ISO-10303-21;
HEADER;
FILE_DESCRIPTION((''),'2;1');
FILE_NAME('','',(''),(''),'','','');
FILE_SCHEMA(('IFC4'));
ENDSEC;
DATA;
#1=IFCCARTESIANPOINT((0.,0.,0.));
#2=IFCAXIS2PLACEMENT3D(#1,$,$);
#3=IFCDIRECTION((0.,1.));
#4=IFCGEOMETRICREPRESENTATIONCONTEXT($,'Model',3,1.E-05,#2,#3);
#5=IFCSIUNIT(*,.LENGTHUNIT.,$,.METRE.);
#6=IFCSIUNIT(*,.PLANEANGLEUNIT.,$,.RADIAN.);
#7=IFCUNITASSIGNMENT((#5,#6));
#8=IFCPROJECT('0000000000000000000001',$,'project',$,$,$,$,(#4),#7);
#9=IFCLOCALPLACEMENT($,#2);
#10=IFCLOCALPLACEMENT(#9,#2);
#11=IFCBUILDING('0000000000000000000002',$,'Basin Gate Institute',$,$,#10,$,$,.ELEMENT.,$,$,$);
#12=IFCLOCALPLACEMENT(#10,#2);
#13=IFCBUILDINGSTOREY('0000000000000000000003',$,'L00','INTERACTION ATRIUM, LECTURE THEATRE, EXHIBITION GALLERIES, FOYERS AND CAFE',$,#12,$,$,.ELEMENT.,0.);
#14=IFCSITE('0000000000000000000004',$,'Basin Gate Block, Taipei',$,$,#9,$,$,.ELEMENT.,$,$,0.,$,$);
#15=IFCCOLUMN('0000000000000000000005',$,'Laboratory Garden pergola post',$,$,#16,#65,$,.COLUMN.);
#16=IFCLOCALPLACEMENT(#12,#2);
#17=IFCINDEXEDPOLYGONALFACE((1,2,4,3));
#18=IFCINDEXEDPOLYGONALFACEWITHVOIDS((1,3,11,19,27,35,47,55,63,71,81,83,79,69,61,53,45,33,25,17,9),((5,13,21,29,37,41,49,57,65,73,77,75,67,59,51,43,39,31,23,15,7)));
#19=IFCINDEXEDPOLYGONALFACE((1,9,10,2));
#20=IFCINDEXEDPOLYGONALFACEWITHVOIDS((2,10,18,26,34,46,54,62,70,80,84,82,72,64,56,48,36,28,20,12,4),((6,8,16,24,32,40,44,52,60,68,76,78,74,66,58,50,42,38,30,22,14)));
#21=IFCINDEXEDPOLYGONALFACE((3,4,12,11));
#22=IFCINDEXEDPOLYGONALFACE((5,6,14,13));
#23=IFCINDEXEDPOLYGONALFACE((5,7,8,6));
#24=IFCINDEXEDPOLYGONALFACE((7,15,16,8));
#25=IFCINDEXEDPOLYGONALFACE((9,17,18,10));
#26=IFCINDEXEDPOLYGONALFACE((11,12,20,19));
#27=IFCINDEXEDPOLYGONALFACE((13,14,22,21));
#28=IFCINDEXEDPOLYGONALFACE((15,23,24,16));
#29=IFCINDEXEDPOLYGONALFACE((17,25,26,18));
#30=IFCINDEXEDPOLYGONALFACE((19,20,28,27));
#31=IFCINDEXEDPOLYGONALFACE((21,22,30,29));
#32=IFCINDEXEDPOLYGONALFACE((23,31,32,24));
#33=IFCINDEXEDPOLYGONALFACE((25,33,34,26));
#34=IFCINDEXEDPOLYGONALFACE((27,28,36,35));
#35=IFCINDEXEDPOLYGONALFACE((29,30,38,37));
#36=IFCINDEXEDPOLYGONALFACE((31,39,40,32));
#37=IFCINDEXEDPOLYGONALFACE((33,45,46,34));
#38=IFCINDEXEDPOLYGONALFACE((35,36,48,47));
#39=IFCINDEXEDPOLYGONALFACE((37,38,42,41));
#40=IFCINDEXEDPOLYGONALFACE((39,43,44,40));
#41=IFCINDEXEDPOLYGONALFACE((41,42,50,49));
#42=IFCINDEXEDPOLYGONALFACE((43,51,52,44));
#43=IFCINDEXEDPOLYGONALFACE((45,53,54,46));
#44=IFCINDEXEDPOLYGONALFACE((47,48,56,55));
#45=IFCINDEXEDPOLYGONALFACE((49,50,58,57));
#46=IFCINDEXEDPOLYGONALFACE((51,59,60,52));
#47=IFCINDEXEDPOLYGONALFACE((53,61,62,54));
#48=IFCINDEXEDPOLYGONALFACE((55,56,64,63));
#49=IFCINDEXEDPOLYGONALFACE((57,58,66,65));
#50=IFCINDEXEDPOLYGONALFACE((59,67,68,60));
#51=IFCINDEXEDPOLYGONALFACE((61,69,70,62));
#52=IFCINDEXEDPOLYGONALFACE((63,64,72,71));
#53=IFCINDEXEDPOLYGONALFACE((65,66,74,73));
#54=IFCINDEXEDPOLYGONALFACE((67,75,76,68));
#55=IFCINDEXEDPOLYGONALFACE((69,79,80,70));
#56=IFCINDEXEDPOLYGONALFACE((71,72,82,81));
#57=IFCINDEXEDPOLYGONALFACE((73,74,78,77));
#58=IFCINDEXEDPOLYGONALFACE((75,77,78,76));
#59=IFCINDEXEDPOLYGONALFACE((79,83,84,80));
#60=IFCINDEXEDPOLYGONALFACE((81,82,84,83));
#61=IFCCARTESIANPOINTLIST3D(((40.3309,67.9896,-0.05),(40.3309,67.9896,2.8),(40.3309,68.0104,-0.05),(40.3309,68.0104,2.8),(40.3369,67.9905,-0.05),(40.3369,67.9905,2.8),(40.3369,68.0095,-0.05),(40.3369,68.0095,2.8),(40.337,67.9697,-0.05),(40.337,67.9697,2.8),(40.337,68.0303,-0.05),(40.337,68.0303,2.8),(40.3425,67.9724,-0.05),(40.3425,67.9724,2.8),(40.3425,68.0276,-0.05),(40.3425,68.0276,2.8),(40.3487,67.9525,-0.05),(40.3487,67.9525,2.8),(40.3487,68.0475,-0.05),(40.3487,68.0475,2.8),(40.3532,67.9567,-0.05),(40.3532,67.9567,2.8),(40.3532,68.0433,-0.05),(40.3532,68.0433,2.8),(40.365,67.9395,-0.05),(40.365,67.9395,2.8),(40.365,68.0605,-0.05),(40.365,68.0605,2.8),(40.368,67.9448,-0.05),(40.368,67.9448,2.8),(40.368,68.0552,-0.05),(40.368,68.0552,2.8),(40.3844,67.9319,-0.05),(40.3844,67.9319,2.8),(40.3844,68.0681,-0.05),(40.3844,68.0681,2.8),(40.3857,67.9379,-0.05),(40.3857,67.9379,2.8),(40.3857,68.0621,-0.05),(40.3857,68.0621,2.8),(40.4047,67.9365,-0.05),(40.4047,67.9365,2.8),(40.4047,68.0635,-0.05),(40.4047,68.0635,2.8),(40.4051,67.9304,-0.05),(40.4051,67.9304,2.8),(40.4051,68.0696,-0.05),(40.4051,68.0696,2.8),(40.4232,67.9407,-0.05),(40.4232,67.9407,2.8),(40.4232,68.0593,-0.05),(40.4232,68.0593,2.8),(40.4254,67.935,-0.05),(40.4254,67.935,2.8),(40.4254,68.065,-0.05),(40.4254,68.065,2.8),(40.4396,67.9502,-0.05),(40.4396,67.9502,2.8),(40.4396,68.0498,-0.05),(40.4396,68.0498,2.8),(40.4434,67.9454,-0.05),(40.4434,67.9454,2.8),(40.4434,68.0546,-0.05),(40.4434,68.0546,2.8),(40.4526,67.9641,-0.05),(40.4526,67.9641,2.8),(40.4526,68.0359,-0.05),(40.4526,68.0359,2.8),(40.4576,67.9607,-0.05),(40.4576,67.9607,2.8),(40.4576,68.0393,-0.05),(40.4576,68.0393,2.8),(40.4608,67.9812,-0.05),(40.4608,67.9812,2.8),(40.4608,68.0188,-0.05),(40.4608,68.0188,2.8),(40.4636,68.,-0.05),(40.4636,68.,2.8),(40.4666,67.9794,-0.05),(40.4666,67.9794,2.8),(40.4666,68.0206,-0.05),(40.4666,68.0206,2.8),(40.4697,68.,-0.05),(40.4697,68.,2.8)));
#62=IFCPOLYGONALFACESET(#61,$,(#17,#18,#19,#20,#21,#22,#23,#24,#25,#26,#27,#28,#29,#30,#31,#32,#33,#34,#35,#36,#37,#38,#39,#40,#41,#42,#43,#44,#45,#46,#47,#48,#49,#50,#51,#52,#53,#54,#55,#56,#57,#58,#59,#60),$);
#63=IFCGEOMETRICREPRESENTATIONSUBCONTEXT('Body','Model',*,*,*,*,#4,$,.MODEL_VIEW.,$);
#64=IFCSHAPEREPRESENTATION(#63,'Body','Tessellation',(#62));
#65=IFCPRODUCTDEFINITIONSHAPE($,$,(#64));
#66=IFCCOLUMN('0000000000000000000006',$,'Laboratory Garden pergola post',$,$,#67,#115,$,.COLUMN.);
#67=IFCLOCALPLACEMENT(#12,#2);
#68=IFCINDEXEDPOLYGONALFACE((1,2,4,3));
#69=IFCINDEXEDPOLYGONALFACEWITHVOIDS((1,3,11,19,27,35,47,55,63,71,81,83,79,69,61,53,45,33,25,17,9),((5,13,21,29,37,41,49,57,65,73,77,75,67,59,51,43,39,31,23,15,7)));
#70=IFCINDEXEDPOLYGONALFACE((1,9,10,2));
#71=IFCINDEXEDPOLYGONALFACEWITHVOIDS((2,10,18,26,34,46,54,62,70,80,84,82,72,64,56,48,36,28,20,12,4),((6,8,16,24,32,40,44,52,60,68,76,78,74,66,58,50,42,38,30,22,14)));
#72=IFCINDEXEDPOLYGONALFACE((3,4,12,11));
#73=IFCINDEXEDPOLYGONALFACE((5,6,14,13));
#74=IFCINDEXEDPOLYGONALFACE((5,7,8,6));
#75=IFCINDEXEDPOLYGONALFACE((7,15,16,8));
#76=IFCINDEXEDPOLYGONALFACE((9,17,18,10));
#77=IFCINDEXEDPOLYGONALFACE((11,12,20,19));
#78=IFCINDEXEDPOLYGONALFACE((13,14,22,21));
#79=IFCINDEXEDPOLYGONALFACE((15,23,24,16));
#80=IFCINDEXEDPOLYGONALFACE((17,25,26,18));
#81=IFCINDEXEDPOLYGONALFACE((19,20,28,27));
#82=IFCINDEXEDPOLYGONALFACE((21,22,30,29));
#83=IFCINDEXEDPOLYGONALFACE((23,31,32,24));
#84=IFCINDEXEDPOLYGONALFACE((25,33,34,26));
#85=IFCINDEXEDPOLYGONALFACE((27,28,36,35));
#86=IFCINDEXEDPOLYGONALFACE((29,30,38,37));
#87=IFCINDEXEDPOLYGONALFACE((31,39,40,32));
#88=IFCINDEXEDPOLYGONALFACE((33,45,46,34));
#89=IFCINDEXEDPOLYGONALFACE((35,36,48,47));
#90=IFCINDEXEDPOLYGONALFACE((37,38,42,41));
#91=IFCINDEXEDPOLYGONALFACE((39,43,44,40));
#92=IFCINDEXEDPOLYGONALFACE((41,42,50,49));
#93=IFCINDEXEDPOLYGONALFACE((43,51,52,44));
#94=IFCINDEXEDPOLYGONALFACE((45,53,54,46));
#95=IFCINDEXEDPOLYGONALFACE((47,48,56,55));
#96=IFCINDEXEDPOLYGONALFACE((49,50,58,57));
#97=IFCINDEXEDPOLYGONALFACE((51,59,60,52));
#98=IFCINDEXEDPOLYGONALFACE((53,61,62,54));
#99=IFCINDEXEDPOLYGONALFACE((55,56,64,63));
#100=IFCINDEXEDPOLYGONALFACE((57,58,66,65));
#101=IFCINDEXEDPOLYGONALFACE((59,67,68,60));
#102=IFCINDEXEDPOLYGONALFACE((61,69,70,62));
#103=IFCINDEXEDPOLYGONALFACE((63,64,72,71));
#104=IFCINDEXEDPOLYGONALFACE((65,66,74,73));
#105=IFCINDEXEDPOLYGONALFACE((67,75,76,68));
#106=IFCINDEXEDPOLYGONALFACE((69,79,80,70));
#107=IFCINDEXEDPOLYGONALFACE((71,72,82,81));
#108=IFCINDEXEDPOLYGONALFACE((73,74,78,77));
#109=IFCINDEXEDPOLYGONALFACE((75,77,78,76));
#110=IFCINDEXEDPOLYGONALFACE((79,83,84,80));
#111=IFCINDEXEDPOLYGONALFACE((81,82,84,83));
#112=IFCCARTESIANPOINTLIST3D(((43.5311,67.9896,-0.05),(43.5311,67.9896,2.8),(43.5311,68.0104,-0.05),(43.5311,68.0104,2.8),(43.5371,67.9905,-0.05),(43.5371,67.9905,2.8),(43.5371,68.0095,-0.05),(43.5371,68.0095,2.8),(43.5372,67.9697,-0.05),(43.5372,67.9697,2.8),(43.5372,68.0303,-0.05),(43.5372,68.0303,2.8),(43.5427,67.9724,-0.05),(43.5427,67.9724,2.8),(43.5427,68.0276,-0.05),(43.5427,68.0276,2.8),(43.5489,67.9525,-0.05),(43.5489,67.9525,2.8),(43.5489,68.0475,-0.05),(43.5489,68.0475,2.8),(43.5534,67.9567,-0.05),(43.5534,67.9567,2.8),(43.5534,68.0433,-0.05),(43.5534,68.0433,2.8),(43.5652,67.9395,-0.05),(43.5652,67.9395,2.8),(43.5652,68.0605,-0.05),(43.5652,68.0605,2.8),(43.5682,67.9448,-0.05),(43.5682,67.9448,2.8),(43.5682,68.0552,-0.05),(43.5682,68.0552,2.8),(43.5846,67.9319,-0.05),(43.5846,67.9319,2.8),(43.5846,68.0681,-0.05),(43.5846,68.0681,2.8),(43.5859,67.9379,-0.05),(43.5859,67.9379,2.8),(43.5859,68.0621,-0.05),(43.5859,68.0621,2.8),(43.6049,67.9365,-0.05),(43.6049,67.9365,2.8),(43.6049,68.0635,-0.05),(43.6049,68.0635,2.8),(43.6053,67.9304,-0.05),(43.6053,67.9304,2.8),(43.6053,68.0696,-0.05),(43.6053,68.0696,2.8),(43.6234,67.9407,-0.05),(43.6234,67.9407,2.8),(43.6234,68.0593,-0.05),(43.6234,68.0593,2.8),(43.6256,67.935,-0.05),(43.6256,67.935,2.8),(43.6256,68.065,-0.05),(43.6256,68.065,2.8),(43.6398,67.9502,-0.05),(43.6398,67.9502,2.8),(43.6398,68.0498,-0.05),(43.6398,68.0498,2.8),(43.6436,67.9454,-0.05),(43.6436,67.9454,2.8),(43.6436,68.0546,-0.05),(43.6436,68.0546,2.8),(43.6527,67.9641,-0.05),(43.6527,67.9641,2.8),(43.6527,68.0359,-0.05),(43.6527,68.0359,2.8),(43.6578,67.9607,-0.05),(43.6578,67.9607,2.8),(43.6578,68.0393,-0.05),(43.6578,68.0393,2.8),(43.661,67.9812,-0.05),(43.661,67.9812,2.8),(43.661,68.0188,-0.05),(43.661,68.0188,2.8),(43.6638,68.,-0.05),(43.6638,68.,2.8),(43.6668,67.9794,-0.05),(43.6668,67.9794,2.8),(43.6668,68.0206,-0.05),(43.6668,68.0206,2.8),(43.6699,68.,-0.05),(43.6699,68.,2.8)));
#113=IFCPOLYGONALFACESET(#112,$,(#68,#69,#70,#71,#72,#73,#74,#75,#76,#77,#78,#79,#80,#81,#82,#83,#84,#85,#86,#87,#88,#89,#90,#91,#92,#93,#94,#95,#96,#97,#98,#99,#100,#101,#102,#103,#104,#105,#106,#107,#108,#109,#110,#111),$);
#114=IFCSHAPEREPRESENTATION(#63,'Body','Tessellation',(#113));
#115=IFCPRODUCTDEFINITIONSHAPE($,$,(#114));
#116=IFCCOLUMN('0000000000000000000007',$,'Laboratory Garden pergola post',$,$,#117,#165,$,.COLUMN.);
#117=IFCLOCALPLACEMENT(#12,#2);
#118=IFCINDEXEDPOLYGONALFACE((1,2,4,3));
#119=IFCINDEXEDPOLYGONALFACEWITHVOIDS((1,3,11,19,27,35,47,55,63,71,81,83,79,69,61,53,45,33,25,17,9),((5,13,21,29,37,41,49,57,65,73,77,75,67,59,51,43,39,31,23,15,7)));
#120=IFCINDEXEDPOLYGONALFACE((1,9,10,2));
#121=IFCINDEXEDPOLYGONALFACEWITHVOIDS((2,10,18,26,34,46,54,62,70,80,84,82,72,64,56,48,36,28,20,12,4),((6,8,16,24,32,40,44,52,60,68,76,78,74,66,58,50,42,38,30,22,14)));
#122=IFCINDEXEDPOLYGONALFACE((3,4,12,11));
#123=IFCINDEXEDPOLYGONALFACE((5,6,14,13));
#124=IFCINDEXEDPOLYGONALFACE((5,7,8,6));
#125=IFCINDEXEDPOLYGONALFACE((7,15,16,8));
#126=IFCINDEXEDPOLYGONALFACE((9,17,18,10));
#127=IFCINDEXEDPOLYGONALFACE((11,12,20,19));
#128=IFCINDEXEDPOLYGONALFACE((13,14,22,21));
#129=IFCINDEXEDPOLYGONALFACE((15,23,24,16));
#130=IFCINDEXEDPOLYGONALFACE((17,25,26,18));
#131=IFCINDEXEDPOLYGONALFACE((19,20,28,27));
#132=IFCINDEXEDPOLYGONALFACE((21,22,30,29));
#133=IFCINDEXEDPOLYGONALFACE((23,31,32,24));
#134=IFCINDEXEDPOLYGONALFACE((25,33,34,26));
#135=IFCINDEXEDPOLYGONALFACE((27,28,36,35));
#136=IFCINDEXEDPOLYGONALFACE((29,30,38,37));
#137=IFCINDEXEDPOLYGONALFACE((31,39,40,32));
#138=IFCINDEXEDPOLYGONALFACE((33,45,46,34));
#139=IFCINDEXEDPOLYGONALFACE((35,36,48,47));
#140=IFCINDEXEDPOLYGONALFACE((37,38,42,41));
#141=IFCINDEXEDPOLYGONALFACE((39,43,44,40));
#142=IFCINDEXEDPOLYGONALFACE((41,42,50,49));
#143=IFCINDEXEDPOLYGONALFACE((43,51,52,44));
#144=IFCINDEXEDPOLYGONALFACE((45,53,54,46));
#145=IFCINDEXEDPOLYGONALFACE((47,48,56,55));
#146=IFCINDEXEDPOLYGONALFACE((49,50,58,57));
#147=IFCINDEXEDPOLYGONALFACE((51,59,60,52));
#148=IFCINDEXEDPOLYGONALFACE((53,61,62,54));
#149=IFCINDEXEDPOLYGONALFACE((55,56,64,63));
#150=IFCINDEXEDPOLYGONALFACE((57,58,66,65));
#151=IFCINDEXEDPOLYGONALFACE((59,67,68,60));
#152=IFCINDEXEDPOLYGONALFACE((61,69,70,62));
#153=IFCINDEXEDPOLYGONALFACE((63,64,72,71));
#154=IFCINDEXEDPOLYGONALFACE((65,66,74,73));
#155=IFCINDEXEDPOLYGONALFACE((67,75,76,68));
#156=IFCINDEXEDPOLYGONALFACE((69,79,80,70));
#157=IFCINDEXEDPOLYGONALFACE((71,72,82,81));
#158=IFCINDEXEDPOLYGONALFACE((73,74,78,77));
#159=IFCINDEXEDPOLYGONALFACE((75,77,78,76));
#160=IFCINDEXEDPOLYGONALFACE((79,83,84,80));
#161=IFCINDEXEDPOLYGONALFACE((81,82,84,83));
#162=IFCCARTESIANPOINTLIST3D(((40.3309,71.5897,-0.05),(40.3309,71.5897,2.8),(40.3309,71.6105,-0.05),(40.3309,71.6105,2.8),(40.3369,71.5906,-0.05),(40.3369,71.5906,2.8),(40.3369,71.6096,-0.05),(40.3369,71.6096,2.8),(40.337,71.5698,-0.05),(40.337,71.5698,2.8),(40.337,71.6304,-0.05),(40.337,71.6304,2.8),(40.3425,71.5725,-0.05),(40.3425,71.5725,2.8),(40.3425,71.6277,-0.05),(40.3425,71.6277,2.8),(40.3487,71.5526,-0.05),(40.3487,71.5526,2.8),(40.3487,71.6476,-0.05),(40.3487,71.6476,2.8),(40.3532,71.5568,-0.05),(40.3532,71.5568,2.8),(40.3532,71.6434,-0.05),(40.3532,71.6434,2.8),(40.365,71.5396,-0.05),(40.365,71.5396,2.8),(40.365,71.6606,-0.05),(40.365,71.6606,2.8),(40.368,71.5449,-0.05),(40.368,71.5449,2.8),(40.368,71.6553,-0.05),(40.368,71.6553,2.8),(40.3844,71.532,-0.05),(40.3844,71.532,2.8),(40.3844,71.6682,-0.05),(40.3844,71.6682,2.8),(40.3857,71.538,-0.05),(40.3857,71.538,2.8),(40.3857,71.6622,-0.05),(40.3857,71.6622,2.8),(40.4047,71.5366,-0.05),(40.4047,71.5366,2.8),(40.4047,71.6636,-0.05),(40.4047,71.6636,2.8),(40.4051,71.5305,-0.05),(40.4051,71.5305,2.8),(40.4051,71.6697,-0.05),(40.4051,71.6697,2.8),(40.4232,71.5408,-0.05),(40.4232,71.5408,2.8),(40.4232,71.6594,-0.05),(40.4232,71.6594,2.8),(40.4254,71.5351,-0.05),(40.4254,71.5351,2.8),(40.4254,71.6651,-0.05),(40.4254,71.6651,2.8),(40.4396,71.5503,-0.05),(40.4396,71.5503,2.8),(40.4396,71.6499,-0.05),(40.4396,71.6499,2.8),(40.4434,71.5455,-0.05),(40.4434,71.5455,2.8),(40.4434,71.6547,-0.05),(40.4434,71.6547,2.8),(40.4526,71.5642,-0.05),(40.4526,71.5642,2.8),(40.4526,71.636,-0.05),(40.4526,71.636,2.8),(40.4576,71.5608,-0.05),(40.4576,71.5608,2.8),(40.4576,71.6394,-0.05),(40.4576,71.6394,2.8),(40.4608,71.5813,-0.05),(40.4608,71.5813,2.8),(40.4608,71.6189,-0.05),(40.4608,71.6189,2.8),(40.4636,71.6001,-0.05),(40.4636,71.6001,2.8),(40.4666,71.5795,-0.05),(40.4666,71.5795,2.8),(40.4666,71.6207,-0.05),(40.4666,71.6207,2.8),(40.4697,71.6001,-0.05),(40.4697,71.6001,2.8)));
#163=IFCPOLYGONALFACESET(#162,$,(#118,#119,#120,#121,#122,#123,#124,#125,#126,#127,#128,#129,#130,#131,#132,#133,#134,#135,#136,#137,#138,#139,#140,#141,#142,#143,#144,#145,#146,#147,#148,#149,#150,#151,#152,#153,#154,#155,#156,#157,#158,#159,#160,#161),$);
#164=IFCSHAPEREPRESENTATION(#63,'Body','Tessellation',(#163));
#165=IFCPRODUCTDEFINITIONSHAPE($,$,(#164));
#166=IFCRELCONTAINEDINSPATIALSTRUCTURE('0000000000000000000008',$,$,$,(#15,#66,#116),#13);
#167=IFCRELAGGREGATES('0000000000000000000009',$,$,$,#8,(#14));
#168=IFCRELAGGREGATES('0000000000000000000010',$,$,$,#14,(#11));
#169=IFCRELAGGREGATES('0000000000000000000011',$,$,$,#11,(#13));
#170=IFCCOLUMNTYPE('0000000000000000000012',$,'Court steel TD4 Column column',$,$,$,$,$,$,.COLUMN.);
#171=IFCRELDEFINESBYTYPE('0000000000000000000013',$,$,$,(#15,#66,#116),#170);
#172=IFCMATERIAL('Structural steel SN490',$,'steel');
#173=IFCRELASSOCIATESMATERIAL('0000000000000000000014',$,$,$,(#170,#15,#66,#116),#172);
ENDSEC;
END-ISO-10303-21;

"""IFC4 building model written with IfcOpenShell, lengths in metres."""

from ifc_helpers import new_model, si_unit, direction, frame, origin, origin_2d, place, context, subcontext, project, spatial, hollow_circle, extrude, material, material_profile, profile_set, type_object, element, save


model = new_model("IFC4")

# Units and contexts
model_context = context("Model", 3, precision=1e-05, world=origin(), true_north=direction((0.0, 1.0)))
body_context = subcontext(model_context, "Body", "Model", "MODEL_VIEW")
ifc_project = project(units=[si_unit("LENGTHUNIT", "METRE"), si_unit("PLANEANGLEUNIT", "RADIAN")], contexts=[model_context])

# Site, building, storey
site_placement = place(None, origin())
site = spatial("IfcSite", under=ifc_project, at=site_placement, Name="Basin Gate Block, Taipei", CompositionType="ELEMENT", RefElevation=0.0)
building_placement = place(site_placement, origin())
building = spatial("IfcBuilding", under=site, at=building_placement, Name="Basin Gate Institute", CompositionType="ELEMENT")
storey_placement = place(building_placement, origin())
storey = spatial("IfcBuildingStorey", under=building, at=storey_placement, Name="L00", Description="INTERACTION ATRIUM, LECTURE THEATRE, EXHIBITION GALLERIES, FOYERS AND CAFE", CompositionType="ELEMENT", Elevation=0.0)

# Columns
ifc_material_1 = material(Name="Structural steel SN490", Category="steel")
ifc_material_profile_1 = material_profile(ifc_material_1, hollow_circle(Radius=0.0698, WallThickness=0.0061, at=origin_2d()), Name="CHS139x6")
ifc_profile_set_1 = profile_set([ifc_material_profile_1], Name="Structural steel SN490")
column_type = type_object("IfcColumnType", Name="Court steel TD4 Column column", PredefinedType="COLUMN", material=ifc_profile_set_1)
for number, where, z_axis, x_axis, name in (
    (1, (40.3999, 68.0, -0.05), (0.0, 0.0, 1.0), (1.0, 0.0, 0.0), "Laboratory Garden pergola post"),
    (2, (43.6001, 68.0, -0.05), (0.0, 0.0, 1.0), (1.0, 0.0, 0.0), "Laboratory Garden pergola post"),
    (3, (40.3999, 71.6001, -0.05), (0.0, 0.0, 1.0), (1.0, 0.0, 0.0), "Laboratory Garden pergola post"),
):
    element("IfcColumn", number, at=place(storey_placement, frame(where, z_axis=z_axis, x_axis=x_axis)), inside=storey, type_object=column_type, material=ifc_profile_set_1, Name=name, PredefinedType="COLUMN", context=body_context, shape_type="SweptSolid", body=[
        extrude(hollow_circle(Radius=0.0698, WallThickness=0.0061, at=origin_2d()), origin(), (0.0, 0.0, 1.0), 2.8501),
    ])

save(model, "model.ifc")
